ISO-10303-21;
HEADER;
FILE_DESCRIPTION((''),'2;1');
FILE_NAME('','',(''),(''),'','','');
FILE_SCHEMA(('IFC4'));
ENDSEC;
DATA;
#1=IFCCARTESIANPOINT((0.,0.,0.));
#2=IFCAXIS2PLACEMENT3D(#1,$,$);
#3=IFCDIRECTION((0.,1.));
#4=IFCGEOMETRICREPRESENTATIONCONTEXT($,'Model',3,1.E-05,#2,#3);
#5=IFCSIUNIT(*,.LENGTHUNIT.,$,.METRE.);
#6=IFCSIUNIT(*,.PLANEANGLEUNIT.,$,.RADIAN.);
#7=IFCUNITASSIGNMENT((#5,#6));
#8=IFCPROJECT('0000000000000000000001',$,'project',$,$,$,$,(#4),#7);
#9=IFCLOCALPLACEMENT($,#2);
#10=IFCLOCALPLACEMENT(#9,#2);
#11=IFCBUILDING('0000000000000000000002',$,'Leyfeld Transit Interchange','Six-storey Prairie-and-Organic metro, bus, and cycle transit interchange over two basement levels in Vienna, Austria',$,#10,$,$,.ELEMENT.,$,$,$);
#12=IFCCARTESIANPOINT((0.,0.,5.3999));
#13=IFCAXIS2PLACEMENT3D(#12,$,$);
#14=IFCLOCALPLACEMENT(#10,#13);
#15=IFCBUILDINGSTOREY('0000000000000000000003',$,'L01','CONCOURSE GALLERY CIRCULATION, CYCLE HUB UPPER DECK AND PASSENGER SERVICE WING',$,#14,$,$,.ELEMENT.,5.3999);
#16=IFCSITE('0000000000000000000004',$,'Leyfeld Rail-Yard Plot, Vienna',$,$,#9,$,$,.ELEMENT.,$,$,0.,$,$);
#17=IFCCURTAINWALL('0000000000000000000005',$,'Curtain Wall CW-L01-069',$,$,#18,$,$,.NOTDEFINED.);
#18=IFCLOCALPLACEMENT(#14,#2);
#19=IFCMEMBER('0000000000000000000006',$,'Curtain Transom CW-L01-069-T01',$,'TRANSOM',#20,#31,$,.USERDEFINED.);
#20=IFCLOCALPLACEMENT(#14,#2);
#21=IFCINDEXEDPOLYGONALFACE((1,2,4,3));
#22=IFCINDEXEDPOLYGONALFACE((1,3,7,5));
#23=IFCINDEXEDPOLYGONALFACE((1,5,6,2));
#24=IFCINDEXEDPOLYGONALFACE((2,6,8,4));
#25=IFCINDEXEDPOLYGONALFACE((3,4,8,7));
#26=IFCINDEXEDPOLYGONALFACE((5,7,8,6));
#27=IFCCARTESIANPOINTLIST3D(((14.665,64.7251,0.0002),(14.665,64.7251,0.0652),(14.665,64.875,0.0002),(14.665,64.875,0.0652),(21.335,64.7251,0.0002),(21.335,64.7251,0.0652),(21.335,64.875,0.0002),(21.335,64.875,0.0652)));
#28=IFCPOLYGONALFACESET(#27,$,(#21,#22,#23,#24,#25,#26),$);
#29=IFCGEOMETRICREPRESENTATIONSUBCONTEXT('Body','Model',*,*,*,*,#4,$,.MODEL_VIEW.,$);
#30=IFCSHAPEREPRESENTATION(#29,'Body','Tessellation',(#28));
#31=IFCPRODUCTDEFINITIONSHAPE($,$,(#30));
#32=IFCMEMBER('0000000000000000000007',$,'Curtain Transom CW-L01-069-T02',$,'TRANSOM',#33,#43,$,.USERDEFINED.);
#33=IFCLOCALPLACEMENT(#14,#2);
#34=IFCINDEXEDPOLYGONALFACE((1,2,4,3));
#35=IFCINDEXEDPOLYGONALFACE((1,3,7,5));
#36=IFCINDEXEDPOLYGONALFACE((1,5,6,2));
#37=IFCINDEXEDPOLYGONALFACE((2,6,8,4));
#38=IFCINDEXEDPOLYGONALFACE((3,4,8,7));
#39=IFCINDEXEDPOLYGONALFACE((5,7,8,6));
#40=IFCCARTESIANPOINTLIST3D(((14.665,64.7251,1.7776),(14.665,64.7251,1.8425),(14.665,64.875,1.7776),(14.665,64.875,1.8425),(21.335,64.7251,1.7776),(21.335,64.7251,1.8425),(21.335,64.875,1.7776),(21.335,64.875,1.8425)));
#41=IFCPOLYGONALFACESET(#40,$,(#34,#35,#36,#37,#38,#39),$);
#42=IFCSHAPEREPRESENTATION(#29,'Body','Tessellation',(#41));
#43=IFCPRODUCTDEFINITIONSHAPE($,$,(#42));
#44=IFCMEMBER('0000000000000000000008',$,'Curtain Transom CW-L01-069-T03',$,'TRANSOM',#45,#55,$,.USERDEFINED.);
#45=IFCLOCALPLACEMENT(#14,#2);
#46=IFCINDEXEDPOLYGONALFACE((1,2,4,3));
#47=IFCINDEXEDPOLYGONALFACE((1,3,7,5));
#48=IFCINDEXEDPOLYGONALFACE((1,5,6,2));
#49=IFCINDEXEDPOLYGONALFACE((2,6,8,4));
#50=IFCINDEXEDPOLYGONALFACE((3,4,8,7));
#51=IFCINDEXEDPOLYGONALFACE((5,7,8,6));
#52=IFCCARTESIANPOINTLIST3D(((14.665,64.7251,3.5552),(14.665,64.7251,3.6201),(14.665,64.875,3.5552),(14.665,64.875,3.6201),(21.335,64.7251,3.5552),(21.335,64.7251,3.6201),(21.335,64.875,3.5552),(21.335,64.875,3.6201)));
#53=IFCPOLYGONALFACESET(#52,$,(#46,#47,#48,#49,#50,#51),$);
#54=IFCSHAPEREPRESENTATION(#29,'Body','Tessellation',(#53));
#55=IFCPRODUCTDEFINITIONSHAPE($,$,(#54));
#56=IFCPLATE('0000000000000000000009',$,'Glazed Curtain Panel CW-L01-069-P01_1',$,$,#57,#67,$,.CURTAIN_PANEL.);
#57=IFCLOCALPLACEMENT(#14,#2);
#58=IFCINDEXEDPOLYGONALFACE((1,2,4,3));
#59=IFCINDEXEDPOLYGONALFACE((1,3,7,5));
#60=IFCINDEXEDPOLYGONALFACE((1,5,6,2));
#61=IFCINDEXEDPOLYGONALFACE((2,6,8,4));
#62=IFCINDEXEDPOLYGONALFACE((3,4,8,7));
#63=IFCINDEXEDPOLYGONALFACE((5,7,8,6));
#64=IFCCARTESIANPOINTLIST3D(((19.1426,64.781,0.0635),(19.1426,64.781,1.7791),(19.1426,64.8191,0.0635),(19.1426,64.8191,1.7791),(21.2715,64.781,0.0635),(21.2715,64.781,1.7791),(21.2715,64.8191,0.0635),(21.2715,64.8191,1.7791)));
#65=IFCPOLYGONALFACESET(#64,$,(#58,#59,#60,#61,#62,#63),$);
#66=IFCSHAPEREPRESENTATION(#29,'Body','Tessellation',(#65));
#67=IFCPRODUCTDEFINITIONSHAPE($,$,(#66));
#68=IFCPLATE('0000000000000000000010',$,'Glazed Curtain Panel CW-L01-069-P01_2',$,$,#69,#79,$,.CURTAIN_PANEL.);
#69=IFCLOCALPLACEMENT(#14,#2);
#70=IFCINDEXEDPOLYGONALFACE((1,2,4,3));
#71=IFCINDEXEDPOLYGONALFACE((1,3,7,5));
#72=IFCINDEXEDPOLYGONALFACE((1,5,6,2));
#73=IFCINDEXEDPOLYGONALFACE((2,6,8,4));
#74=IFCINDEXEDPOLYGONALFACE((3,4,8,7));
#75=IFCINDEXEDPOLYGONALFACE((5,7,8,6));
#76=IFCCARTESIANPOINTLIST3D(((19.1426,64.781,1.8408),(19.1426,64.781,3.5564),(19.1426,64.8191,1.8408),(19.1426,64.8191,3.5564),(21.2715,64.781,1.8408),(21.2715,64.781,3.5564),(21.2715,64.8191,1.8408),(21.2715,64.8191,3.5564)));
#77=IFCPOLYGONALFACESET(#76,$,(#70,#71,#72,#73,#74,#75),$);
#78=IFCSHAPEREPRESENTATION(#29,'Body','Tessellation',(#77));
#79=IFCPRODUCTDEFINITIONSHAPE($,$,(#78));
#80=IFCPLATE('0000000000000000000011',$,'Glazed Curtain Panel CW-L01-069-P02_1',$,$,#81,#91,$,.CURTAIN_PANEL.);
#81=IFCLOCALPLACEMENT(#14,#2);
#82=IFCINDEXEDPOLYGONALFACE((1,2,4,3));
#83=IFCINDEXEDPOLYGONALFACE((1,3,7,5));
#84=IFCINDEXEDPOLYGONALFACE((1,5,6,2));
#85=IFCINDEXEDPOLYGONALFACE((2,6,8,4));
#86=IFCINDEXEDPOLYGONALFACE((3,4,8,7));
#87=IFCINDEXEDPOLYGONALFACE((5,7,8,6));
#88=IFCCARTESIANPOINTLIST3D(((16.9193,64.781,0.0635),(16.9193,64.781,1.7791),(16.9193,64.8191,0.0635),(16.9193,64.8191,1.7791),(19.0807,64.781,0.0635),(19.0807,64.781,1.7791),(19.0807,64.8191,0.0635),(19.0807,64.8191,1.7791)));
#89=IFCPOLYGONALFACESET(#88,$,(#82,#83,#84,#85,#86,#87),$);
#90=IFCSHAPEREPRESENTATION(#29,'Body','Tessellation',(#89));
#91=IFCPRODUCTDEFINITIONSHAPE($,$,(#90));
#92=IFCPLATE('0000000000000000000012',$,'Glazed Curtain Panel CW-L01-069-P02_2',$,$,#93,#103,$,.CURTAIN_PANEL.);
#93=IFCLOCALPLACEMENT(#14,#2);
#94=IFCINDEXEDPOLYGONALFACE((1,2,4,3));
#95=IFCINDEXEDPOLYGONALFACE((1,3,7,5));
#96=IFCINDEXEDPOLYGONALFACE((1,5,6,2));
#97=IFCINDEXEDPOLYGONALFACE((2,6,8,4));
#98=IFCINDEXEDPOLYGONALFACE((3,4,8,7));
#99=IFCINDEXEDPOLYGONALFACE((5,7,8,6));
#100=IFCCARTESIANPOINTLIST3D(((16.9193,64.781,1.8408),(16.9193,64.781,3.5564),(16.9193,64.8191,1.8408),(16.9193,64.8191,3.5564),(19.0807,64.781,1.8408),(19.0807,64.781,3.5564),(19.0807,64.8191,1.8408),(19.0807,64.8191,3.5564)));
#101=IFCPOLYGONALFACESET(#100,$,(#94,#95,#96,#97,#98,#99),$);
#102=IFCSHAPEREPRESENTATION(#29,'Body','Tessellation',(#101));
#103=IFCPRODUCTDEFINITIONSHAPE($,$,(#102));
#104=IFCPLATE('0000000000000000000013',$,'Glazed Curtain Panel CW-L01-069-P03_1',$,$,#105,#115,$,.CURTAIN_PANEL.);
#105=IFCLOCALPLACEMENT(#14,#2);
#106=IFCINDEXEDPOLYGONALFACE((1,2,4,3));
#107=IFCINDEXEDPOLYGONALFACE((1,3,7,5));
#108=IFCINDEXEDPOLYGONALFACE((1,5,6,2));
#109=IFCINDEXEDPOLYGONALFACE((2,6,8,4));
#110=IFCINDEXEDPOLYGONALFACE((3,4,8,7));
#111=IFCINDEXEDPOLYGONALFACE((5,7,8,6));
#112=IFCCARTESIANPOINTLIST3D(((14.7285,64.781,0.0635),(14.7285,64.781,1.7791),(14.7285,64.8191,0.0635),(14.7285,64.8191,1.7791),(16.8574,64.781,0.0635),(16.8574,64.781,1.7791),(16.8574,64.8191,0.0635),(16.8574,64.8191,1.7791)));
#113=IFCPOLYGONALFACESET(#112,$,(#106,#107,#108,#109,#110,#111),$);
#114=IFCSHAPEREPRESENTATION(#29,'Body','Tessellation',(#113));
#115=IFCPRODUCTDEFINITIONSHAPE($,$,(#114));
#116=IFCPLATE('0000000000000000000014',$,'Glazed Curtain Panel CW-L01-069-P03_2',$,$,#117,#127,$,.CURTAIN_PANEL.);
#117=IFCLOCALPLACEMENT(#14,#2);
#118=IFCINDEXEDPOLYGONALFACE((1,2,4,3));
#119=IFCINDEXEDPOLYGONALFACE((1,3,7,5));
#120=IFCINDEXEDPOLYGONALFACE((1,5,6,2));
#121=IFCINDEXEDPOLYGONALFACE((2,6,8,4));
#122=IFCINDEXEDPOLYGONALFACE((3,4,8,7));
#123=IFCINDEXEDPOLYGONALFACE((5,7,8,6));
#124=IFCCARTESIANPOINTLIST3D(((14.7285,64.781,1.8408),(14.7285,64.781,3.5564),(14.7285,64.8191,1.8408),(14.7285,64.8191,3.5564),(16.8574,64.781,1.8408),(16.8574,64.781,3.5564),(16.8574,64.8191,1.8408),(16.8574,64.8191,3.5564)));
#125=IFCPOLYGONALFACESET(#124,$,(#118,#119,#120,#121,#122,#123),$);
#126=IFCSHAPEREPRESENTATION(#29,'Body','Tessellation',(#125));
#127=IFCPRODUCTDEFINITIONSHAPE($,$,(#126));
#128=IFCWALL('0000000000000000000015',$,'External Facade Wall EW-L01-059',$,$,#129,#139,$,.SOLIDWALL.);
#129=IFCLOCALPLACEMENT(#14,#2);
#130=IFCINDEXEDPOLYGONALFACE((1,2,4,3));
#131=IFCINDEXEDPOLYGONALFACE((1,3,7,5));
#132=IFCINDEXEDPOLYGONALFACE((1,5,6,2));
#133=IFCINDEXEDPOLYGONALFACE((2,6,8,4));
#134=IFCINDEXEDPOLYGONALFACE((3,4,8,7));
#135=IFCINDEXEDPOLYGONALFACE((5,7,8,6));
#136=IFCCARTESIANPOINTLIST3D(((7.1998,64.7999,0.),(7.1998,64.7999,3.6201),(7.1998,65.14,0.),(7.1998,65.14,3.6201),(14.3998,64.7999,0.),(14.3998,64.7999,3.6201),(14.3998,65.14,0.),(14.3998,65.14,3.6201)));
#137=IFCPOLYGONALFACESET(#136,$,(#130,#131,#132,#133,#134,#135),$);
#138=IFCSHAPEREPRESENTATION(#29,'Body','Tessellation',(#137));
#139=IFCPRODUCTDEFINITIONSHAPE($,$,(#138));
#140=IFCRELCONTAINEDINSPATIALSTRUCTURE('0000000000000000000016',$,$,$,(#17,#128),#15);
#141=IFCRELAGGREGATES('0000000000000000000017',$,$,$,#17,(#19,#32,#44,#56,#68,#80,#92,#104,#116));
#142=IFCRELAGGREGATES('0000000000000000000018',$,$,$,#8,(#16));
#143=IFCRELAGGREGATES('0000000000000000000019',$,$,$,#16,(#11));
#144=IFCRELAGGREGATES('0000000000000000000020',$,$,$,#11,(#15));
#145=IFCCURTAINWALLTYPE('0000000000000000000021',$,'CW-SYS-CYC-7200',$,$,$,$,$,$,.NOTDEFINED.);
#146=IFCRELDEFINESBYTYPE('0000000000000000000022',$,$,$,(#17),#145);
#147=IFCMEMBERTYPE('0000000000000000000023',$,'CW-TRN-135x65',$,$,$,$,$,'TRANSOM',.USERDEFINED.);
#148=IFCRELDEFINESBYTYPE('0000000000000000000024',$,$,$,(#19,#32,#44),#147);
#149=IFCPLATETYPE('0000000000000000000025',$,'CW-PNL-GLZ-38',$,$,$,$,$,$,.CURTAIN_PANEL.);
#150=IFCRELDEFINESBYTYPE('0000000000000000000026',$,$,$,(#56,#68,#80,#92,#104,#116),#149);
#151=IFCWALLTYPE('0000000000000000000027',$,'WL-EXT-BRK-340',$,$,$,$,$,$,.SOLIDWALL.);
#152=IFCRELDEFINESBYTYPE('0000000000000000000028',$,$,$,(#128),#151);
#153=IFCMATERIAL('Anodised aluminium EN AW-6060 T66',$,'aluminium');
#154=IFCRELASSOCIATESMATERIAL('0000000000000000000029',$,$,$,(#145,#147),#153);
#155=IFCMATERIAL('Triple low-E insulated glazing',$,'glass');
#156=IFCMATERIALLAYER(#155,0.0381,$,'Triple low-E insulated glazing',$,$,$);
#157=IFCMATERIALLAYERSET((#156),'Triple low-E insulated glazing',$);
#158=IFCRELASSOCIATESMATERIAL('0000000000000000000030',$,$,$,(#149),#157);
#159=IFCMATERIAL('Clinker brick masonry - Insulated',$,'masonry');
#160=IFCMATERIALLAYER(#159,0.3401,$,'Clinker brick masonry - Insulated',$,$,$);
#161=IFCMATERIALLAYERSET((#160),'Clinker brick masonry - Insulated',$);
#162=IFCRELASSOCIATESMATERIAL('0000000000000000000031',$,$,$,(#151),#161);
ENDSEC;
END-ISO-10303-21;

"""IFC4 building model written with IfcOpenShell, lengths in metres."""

from ifc_helpers import new_model, si_unit, direction, frame, frame_2d, origin, origin_2d, place, context, subcontext, project, spatial, rectangle, extrude, material, layer, layer_set, material_profile, profile_set, type_object, element, aggregate, save


model = new_model("IFC4")

# Units and contexts
model_context = context("Model", 3, precision=1e-05, world=origin(), true_north=direction((0.0, 1.0)))
body_context = subcontext(model_context, "Body", "Model", "MODEL_VIEW")
ifc_project = project(units=[si_unit("LENGTHUNIT", "METRE"), si_unit("PLANEANGLEUNIT", "RADIAN")], contexts=[model_context])

# Site, building, storey
site_placement = place(None, origin())
site = spatial("IfcSite", under=ifc_project, at=site_placement, Name="Leyfeld Rail-Yard Plot, Vienna", CompositionType="ELEMENT", RefElevation=0.0)
building_placement = place(site_placement, origin())
building = spatial("IfcBuilding", under=site, at=building_placement, Name="Leyfeld Transit Interchange", Description="Six-storey Prairie-and-Organic metro, bus, and cycle transit interchange over two basement levels in Vienna, Austria", CompositionType="ELEMENT")
storey_placement = place(building_placement, frame((0.0, 0.0, 5.3999)))
storey = spatial("IfcBuildingStorey", under=building, at=storey_placement, Name="L01", Description="CONCOURSE GALLERY CIRCULATION, CYCLE HUB UPPER DECK AND PASSENGER SERVICE WING", CompositionType="ELEMENT", Elevation=5.3999)

# Curtain wall, members, plates
ifc_material_1 = material(Name="Anodised aluminium EN AW-6060 T66", Category="aluminium")
curtain_wall_type = type_object("IfcCurtainWallType", Name="CW-SYS-CYC-7200", PredefinedType="NOTDEFINED", material=ifc_material_1)
curtain_wall_placement = place(storey_placement, origin())
curtain_wall = element("IfcCurtainWall", 1, at=curtain_wall_placement, inside=storey, type_object=curtain_wall_type, Name="Curtain Wall CW-L01-069", PredefinedType="NOTDEFINED")
ifc_material_profile_1 = material_profile(ifc_material_1, rectangle(XDim=0.1499, YDim=0.0649, at=origin_2d()), Name="CW-TRN-135x65")
ifc_profile_set_1 = profile_set([ifc_material_profile_1], Name="Anodised aluminium EN AW-6060 T66")
member_type_1 = type_object("IfcMemberType", Name="CW-TRN-135x65", ElementType="TRANSOM", PredefinedType="USERDEFINED", material=ifc_profile_set_1)
member_1_placement = place(storey_placement, frame((21.335, 64.8, 0.0327), z_axis=(-1.0, 0.0, 0.0), x_axis=(0.0, -1.0, 0.0)))
member_1 = element("IfcMember", 2, at=member_1_placement, type_object=member_type_1, Name="Curtain Transom CW-L01-069-T01", ObjectType="TRANSOM", PredefinedType="USERDEFINED", context=body_context, shape_type="SweptSolid", body=[
    extrude(rectangle(XDim=0.1499, YDim=0.0649, at=origin_2d()), origin(), (0.0, 0.0, 1.0), 6.6699),
])
member_2_placement = place(storey_placement, frame((21.335, 64.8, 1.8101), z_axis=(-1.0, 0.0, 0.0), x_axis=(0.0, -1.0, 0.0)))
member_2 = element("IfcMember", 3, at=member_2_placement, type_object=member_type_1, Name="Curtain Transom CW-L01-069-T02", ObjectType="TRANSOM", PredefinedType="USERDEFINED", context=body_context, shape_type="SweptSolid", body=[
    extrude(rectangle(XDim=0.1499, YDim=0.0649, at=origin_2d()), origin(), (0.0, 0.0, 1.0), 6.6699),
])
member_3_placement = place(storey_placement, frame((21.335, 64.8, 3.5876), z_axis=(-1.0, 0.0, 0.0), x_axis=(0.0, -1.0, 0.0)))
member_3 = element("IfcMember", 4, at=member_3_placement, type_object=member_type_1, Name="Curtain Transom CW-L01-069-T03", ObjectType="TRANSOM", PredefinedType="USERDEFINED", context=body_context, shape_type="SweptSolid", body=[
    extrude(rectangle(XDim=0.1499, YDim=0.0649, at=origin_2d()), origin(), (0.0, 0.0, 1.0), 6.6699),
])
ifc_material_2 = material(Name="Triple low-E insulated glazing", Category="glass")
ifc_layer_1 = layer(ifc_material_2, 0.0381, Name="Triple low-E insulated glazing")
ifc_layer_set_1 = layer_set([ifc_layer_1], Name="Triple low-E insulated glazing")
plate_type = type_object("IfcPlateType", Name="CW-PNL-GLZ-38", PredefinedType="CURTAIN_PANEL", material=ifc_layer_set_1)
plate_1_placement = place(storey_placement, frame((20.207, 64.8, 0.0635), z_axis=(0.0, 0.0, 1.0), x_axis=(-1.0, 0.0, 0.0)))
plate_1 = element("IfcPlate", 5, at=plate_1_placement, type_object=plate_type, Name="Glazed Curtain Panel CW-L01-069-P01_1", PredefinedType="CURTAIN_PANEL", context=body_context, shape_type="SweptSolid", body=[
    extrude(rectangle(XDim=2.1289, YDim=0.0381, at=origin_2d()), origin(), (0.0, 0.0, 1.0), 1.7156),
])
plate_2_placement = place(storey_placement, frame((20.207, 64.8, 1.8408), z_axis=(0.0, 0.0, 1.0), x_axis=(-1.0, 0.0, 0.0)))
plate_2 = element("IfcPlate", 6, at=plate_2_placement, type_object=plate_type, Name="Glazed Curtain Panel CW-L01-069-P01_2", PredefinedType="CURTAIN_PANEL", context=body_context, shape_type="SweptSolid", body=[
    extrude(rectangle(XDim=2.1289, YDim=0.0381, at=origin_2d()), origin(), (0.0, 0.0, 1.0), 1.7156),
])
plate_3_placement = place(storey_placement, frame((18.0, 64.8, 0.0635), z_axis=(0.0, 0.0, 1.0), x_axis=(-1.0, 0.0, 0.0)))
plate_3 = element("IfcPlate", 7, at=plate_3_placement, type_object=plate_type, Name="Glazed Curtain Panel CW-L01-069-P02_1", PredefinedType="CURTAIN_PANEL", context=body_context, shape_type="SweptSolid", body=[
    extrude(rectangle(XDim=2.1614, YDim=0.0381, at=origin_2d()), origin(), (0.0, 0.0, 1.0), 1.7156),
])
plate_4_placement = place(storey_placement, frame((18.0, 64.8, 1.8408), z_axis=(0.0, 0.0, 1.0), x_axis=(-1.0, 0.0, 0.0)))
plate_4 = element("IfcPlate", 8, at=plate_4_placement, type_object=plate_type, Name="Glazed Curtain Panel CW-L01-069-P02_2", PredefinedType="CURTAIN_PANEL", context=body_context, shape_type="SweptSolid", body=[
    extrude(rectangle(XDim=2.1614, YDim=0.0381, at=origin_2d()), origin(), (0.0, 0.0, 1.0), 1.7156),
])
plate_5_placement = place(storey_placement, frame((15.793, 64.8, 0.0635), z_axis=(0.0, 0.0, 1.0), x_axis=(-1.0, 0.0, 0.0)))
plate_5 = element("IfcPlate", 9, at=plate_5_placement, type_object=plate_type, Name="Glazed Curtain Panel CW-L01-069-P03_1", PredefinedType="CURTAIN_PANEL", context=body_context, shape_type="SweptSolid", body=[
    extrude(rectangle(XDim=2.1289, YDim=0.0381, at=origin_2d()), origin(), (0.0, 0.0, 1.0), 1.7156),
])
plate_6_placement = place(storey_placement, frame((15.793, 64.8, 1.8408), z_axis=(0.0, 0.0, 1.0), x_axis=(-1.0, 0.0, 0.0)))
plate_6 = element("IfcPlate", 10, at=plate_6_placement, type_object=plate_type, Name="Glazed Curtain Panel CW-L01-069-P03_2", PredefinedType="CURTAIN_PANEL", context=body_context, shape_type="SweptSolid", body=[
    extrude(rectangle(XDim=2.1289, YDim=0.0381, at=origin_2d()), origin(), (0.0, 0.0, 1.0), 1.7156),
])
aggregate(curtain_wall, [member_1, member_2, member_3, plate_1, plate_2, plate_3, plate_4, plate_5, plate_6])

# Wall
ifc_material_3 = material(Name="Clinker brick masonry - Insulated", Category="masonry")
ifc_layer_2 = layer(ifc_material_3, 0.3401, Name="Clinker brick masonry - Insulated")
ifc_layer_set_2 = layer_set([ifc_layer_2], Name="Clinker brick masonry - Insulated")
wall_type = type_object("IfcWallType", Name="WL-EXT-BRK-340", PredefinedType="SOLIDWALL", material=ifc_layer_set_2)
wall_placement = place(storey_placement, frame((14.3999, 64.97, 0.0), z_axis=(0.0, 0.0, 1.0), x_axis=(-1.0, 0.0, 0.0)))
element("IfcWall", 11, at=wall_placement, inside=storey, type_object=wall_type, Name="External Facade Wall EW-L01-059", PredefinedType="SOLIDWALL", context=body_context, shape_type="SweptSolid", body=[
    extrude(rectangle(XDim=7.2, YDim=0.3401, at=frame_2d((3.6001, 0.0))), origin(), (0.0, 0.0, 1.0), 3.6201),
])

save(model, "model.ifc")
